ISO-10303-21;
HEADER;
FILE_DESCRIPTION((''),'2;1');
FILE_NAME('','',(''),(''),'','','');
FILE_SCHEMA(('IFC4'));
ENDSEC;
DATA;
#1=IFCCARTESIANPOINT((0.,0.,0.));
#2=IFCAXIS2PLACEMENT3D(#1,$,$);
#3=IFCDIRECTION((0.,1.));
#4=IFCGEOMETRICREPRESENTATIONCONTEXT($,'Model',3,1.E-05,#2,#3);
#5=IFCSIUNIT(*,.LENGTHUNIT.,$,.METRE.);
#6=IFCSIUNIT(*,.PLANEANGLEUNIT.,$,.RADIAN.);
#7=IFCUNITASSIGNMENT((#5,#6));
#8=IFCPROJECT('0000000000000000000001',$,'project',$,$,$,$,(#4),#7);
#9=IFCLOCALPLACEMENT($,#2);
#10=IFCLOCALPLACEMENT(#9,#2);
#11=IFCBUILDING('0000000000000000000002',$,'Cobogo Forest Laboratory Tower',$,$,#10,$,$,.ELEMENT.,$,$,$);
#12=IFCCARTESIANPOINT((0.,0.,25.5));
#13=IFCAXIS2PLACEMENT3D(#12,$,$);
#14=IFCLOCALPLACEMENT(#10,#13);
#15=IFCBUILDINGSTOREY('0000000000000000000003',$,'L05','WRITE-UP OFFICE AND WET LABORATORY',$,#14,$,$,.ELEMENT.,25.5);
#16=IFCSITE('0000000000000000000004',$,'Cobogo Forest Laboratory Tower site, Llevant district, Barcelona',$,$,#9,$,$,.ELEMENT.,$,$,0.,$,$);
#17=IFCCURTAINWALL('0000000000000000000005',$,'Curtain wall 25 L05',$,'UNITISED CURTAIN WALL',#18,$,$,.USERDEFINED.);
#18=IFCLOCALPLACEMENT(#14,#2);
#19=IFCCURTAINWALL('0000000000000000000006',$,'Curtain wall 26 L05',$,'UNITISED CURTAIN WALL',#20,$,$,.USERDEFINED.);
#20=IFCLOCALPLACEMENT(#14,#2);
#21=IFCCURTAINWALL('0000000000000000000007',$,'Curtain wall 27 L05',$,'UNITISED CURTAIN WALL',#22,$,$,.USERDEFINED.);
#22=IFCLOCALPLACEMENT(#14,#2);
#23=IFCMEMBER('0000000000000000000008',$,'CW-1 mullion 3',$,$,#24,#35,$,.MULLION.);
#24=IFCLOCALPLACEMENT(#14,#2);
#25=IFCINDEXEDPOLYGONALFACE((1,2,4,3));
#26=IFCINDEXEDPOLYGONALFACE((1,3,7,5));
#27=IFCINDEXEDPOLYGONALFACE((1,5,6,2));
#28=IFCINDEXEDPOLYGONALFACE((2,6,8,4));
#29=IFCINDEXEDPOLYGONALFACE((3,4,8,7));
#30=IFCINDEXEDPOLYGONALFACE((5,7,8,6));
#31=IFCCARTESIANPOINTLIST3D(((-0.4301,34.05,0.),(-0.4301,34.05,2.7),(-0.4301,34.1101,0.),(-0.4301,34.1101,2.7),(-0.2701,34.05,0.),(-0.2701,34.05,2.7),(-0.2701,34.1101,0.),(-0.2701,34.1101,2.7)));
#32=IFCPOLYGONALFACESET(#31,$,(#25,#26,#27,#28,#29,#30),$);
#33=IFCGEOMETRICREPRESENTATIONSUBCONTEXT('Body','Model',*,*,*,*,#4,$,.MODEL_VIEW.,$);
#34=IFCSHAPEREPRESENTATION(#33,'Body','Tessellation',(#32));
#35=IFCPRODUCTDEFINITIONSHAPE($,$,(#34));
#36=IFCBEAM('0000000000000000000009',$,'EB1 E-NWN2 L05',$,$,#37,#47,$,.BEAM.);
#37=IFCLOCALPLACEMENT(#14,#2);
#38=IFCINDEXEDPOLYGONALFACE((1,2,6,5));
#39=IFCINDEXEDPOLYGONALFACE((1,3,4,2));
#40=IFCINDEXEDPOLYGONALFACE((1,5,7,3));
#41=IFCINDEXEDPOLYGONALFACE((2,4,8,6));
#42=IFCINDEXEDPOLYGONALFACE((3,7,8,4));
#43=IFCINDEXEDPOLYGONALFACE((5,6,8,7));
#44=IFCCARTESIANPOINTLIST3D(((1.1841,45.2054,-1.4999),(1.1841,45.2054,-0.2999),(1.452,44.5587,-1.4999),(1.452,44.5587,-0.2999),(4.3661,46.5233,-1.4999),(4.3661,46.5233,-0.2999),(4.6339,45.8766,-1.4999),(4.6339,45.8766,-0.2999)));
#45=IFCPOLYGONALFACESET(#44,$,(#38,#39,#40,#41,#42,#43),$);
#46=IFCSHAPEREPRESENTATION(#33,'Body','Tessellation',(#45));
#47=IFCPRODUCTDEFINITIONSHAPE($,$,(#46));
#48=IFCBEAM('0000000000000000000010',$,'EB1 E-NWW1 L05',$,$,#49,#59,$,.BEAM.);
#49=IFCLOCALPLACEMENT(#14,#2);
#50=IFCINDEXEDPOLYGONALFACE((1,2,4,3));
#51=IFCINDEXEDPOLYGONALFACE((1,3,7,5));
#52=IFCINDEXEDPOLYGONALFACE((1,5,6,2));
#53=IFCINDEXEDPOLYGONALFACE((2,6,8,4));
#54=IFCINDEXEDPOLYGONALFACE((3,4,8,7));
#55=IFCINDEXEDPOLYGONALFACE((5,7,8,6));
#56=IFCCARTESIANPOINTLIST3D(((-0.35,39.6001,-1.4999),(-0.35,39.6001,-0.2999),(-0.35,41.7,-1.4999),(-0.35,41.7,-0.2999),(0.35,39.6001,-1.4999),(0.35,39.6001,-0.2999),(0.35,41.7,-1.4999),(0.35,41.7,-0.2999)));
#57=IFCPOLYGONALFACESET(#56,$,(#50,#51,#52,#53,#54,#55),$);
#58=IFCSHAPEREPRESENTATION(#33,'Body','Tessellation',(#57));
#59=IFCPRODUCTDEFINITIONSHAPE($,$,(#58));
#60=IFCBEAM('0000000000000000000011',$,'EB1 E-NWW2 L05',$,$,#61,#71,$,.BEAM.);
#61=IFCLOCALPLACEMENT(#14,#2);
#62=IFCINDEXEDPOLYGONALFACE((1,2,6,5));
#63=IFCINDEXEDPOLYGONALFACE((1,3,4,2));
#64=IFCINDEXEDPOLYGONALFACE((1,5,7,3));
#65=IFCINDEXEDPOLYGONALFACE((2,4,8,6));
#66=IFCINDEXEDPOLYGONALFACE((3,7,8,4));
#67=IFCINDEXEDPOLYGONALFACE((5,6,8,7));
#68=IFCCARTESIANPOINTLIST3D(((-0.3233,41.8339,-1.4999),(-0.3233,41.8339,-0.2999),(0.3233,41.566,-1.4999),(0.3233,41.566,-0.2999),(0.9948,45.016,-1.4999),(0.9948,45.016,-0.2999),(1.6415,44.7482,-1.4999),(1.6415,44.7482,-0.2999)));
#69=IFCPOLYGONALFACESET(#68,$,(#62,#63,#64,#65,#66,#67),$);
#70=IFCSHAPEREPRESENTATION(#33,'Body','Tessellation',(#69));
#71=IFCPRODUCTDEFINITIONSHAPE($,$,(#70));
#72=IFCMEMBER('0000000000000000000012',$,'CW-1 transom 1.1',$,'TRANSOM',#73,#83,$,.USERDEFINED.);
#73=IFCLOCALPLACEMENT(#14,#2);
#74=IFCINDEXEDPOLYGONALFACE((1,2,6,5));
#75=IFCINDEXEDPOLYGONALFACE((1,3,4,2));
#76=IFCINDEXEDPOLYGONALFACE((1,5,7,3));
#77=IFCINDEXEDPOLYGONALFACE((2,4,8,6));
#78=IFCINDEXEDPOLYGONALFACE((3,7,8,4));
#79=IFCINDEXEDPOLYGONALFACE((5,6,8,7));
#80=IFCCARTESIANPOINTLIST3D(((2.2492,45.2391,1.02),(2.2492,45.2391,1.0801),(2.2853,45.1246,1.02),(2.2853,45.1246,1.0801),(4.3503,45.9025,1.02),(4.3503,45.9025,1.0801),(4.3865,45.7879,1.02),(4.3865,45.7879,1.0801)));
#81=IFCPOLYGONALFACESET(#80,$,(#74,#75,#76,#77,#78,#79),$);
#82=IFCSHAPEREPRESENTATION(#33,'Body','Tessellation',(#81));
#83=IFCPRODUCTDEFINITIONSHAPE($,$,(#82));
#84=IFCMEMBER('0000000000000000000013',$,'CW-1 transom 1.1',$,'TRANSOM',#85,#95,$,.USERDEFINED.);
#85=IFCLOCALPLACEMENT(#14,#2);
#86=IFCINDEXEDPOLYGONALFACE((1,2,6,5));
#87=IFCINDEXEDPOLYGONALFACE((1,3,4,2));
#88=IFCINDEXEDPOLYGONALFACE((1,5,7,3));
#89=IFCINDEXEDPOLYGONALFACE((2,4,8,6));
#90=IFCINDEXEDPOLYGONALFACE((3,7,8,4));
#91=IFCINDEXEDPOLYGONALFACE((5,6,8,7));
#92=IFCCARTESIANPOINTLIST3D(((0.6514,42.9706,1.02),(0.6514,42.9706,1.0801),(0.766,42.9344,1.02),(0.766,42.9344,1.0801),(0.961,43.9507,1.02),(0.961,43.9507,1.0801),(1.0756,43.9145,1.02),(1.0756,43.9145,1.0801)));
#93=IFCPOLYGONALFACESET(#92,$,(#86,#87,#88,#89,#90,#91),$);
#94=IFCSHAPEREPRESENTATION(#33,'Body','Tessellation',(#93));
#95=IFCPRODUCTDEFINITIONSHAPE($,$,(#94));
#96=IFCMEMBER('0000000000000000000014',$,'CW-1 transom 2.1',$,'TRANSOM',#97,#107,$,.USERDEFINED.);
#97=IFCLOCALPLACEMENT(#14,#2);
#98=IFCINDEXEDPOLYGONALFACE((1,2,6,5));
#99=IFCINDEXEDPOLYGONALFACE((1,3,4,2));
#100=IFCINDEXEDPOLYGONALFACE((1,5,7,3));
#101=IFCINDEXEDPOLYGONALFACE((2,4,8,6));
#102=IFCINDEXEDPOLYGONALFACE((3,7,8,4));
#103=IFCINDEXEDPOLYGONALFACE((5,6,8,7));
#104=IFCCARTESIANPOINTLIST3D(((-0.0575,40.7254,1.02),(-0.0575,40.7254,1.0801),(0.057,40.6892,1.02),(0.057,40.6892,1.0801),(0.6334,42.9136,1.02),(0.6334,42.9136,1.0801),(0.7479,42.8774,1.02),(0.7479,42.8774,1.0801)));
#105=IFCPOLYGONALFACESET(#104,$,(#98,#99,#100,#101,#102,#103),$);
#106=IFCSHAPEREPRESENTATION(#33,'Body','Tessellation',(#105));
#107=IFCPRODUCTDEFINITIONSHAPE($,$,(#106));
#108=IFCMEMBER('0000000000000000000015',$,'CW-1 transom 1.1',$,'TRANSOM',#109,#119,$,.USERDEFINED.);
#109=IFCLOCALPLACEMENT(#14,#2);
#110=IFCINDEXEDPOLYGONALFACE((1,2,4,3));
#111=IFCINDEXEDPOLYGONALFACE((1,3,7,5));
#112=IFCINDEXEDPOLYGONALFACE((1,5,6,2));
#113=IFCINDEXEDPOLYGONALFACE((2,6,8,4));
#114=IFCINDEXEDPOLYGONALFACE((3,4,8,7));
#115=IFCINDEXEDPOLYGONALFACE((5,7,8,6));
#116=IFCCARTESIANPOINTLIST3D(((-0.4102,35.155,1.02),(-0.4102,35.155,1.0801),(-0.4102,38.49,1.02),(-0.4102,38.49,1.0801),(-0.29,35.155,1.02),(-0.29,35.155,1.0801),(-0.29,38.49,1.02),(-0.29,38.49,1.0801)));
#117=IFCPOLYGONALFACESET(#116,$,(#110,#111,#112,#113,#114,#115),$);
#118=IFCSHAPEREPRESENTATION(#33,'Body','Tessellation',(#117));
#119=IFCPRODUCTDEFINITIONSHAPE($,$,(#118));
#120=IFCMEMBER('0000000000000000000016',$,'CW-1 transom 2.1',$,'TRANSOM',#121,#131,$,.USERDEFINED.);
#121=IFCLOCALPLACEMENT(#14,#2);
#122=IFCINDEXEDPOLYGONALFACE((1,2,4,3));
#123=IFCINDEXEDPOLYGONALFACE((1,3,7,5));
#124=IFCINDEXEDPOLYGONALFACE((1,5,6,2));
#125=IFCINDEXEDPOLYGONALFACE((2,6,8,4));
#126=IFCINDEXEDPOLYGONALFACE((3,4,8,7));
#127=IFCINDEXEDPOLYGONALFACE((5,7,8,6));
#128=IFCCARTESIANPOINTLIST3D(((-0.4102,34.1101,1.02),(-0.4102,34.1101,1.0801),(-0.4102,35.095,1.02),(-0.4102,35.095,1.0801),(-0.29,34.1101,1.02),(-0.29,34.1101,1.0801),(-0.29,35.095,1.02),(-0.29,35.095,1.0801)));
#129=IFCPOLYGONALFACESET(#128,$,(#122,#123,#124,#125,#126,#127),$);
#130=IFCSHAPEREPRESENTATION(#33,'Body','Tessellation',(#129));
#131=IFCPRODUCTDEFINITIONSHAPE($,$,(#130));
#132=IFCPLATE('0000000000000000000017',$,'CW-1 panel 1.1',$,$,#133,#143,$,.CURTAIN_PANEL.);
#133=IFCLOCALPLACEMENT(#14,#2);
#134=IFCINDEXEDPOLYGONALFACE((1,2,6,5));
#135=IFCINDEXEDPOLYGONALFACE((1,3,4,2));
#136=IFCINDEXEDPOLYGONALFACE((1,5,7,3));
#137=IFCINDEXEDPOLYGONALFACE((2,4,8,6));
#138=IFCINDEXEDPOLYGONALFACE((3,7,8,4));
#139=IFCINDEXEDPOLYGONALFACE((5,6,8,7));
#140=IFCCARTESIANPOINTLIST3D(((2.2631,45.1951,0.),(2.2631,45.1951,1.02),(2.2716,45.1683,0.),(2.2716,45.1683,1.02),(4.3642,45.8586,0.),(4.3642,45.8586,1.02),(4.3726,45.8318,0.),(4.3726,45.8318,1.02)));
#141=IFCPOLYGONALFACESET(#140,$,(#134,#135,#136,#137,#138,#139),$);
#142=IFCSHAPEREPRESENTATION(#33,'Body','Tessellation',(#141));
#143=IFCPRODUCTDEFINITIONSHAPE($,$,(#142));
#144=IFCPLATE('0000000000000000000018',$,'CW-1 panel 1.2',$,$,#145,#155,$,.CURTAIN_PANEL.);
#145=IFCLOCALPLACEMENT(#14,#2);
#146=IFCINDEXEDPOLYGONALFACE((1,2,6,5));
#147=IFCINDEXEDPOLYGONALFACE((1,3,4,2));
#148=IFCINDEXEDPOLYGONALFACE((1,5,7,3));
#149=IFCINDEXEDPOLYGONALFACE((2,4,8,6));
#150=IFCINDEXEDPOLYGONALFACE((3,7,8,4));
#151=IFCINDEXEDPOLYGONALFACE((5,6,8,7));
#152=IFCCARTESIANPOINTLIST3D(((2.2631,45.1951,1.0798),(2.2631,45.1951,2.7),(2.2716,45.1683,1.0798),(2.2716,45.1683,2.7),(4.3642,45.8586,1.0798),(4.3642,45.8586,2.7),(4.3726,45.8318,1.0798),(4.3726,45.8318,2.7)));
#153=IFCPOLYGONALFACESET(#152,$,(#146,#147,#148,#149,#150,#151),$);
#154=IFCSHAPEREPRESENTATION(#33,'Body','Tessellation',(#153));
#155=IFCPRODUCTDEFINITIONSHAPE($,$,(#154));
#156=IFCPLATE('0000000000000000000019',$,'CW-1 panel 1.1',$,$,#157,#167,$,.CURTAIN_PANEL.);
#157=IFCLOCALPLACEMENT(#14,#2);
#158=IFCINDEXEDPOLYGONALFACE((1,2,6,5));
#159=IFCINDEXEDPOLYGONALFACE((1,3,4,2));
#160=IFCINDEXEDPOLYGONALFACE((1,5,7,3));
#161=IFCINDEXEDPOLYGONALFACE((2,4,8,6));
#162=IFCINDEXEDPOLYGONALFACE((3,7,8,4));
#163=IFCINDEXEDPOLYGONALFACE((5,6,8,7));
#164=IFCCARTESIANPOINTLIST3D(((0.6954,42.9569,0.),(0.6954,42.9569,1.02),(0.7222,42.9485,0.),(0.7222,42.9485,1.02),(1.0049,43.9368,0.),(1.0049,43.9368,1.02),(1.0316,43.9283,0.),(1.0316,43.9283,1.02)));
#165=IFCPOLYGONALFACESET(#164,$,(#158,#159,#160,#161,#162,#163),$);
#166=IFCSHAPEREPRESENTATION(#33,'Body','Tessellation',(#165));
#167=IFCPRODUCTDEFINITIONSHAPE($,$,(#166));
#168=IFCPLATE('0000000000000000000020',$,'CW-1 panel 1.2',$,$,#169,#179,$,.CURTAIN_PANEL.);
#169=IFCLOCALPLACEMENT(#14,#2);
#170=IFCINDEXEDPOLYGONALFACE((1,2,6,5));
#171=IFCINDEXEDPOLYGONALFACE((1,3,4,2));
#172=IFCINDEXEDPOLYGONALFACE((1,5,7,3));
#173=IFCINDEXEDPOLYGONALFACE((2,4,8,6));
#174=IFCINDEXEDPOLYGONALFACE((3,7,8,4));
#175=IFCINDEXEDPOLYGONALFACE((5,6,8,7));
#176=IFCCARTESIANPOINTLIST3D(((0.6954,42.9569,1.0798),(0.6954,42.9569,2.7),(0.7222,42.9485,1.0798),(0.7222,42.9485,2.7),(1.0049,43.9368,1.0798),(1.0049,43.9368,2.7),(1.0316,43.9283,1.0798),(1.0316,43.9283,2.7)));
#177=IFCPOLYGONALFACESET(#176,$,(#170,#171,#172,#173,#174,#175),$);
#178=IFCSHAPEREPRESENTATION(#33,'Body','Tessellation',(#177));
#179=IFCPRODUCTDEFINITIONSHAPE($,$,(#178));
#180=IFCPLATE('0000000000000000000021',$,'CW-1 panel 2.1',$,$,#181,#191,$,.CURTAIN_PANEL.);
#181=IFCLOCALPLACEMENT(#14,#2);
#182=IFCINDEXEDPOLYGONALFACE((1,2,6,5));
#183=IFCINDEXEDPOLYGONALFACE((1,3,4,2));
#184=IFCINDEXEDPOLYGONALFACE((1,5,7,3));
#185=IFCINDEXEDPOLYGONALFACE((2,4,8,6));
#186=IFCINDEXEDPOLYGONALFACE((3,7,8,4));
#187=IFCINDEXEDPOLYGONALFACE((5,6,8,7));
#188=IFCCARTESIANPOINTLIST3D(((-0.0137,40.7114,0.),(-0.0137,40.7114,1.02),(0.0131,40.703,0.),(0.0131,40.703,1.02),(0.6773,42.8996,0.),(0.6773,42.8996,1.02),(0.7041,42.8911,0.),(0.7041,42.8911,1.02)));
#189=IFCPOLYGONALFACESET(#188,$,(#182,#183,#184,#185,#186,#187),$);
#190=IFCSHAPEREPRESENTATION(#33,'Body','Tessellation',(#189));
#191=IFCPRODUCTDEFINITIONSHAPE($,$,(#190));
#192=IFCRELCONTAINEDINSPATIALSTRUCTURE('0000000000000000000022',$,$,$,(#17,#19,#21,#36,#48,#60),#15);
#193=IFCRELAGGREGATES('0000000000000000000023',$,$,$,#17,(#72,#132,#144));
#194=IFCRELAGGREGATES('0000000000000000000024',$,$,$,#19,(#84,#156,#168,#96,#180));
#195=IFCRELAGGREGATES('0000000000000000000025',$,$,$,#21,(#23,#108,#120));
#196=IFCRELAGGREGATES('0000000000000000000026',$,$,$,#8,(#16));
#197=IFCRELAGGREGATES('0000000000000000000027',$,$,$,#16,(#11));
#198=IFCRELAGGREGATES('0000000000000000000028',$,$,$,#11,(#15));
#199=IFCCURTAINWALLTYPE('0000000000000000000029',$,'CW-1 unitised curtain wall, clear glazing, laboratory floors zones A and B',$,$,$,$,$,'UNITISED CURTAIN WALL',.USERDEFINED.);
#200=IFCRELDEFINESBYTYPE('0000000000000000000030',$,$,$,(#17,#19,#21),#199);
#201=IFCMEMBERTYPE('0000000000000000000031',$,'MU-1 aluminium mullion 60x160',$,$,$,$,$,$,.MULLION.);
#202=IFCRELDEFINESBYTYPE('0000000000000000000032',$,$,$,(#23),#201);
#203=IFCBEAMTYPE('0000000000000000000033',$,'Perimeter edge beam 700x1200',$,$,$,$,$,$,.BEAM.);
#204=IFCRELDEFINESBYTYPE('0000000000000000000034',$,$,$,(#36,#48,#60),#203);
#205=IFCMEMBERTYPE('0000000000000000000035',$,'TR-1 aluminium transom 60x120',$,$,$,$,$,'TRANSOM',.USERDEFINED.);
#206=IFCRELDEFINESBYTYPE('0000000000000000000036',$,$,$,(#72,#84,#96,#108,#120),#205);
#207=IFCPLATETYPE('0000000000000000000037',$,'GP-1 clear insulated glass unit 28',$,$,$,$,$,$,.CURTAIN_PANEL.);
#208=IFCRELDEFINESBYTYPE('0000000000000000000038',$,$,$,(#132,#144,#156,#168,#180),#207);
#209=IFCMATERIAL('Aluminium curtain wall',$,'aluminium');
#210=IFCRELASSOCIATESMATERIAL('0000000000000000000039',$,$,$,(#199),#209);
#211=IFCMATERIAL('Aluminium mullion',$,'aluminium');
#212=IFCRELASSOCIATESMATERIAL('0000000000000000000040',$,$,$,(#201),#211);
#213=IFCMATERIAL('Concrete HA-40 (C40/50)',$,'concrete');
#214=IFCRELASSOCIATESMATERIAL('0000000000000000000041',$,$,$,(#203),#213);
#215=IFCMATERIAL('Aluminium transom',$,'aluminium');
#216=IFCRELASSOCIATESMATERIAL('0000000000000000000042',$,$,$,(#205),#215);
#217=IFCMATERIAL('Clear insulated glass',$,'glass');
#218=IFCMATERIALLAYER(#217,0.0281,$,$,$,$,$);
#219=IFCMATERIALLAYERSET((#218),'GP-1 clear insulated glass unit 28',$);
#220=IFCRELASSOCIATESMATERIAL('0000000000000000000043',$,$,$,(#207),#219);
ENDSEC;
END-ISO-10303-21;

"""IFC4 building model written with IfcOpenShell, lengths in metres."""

from ifc_helpers import new_model, si_unit, direction, frame, origin, origin_2d, place, context, subcontext, project, spatial, rectangle, extrude, material, layer, layer_set, material_profile, profile_set, type_object, element, aggregate, save


model = new_model("IFC4")

# Units and contexts
model_context = context("Model", 3, precision=1e-05, world=origin(), true_north=direction((0.0, 1.0)))
body_context = subcontext(model_context, "Body", "Model", "MODEL_VIEW")
ifc_project = project(units=[si_unit("LENGTHUNIT", "METRE"), si_unit("PLANEANGLEUNIT", "RADIAN")], contexts=[model_context])

# Site, building, storey
site_placement = place(None, origin())
site = spatial("IfcSite", under=ifc_project, at=site_placement, Name="Cobogo Forest Laboratory Tower site, Llevant district, Barcelona", CompositionType="ELEMENT", RefElevation=0.0)
building_placement = place(site_placement, origin())
building = spatial("IfcBuilding", under=site, at=building_placement, Name="Cobogo Forest Laboratory Tower", CompositionType="ELEMENT")
storey_placement = place(building_placement, frame((0.0, 0.0, 25.5)))
storey = spatial("IfcBuildingStorey", under=building, at=storey_placement, Name="L05", Description="WRITE-UP OFFICE AND WET LABORATORY", CompositionType="ELEMENT", Elevation=25.5)

# Shared definitions
ifc_material_1 = material(Name="Concrete HA-40 (C40/50)", Category="concrete")

# Shared definitions
ifc_material_2 = material(Name="Aluminium curtain wall", Category="aluminium")
curtain_wall_type = type_object("IfcCurtainWallType", Name="CW-1 unitised curtain wall, clear glazing, laboratory floors zones A and B", ElementType="UNITISED CURTAIN WALL", PredefinedType="USERDEFINED", material=ifc_material_2)
ifc_material_3 = material(Name="Aluminium mullion", Category="aluminium")
ifc_material_profile_1 = material_profile(ifc_material_3, rectangle(XDim=0.0601, YDim=0.1599, at=origin_2d()), Name="AL 60x160")
ifc_profile_set_1 = profile_set([ifc_material_profile_1], Name="Aluminium mullion")
member_type_1 = type_object("IfcMemberType", Name="MU-1 aluminium mullion 60x160", PredefinedType="MULLION", material=ifc_profile_set_1)

# Curtain walls, member
curtain_wall_1_placement = place(storey_placement, origin())
curtain_wall_1 = element("IfcCurtainWall", 1, at=curtain_wall_1_placement, inside=storey, type_object=curtain_wall_type, Name="Curtain wall 25 L05", ObjectType="UNITISED CURTAIN WALL", PredefinedType="USERDEFINED")
curtain_wall_2_placement = place(storey_placement, origin())
curtain_wall_2 = element("IfcCurtainWall", 2, at=curtain_wall_2_placement, inside=storey, type_object=curtain_wall_type, Name="Curtain wall 26 L05", ObjectType="UNITISED CURTAIN WALL", PredefinedType="USERDEFINED")
curtain_wall_3_placement = place(storey_placement, origin())
curtain_wall_3 = element("IfcCurtainWall", 3, at=curtain_wall_3_placement, inside=storey, type_object=curtain_wall_type, Name="Curtain wall 27 L05", ObjectType="UNITISED CURTAIN WALL", PredefinedType="USERDEFINED")
member_1_placement = place(storey_placement, frame((-0.3501, 34.0801, 0.0), z_axis=(0.0, 0.0, 1.0), x_axis=(0.0, -1.0, 0.0)))
member_1 = element("IfcMember", 4, at=member_1_placement, type_object=member_type_1, Name="CW-1 mullion 3", PredefinedType="MULLION", context=body_context, shape_type="SweptSolid", body=[
    extrude(rectangle(XDim=0.0601, YDim=0.1599, at=origin_2d()), origin(), (0.0, 0.0, 1.0), 2.7),
])

# Beams
ifc_material_profile_2 = material_profile(ifc_material_1, rectangle(XDim=0.7, YDim=1.2, at=origin_2d()), Name="RC 700x1200")
ifc_profile_set_2 = profile_set([ifc_material_profile_2], Name="Concrete HA-40 (C40/50)")
beam_type_1 = type_object("IfcBeamType", Name="Perimeter edge beam 700x1200", PredefinedType="BEAM", material=ifc_profile_set_2)
beam_1_placement = place(storey_placement, frame((4.5, 46.2, -0.8999), z_axis=(-0.923891, -0.382656, 0.0), x_axis=(0.382656, -0.923891, 0.0)))
element("IfcBeam", 5, at=beam_1_placement, inside=storey, type_object=beam_type_1, Name="EB1 E-NWN2 L05", PredefinedType="BEAM", context=body_context, shape_type="SweptSolid", body=[
    extrude(rectangle(XDim=0.7, YDim=1.2, at=origin_2d()), origin(), (0.0, 0.0, 1.0), 3.4441),
])
beam_2_placement = place(storey_placement, frame((0.0, 39.6001, -0.8999), z_axis=(0.0, 1.0, 0.0), x_axis=(-1.0, 0.0, 0.0)))
element("IfcBeam", 6, at=beam_2_placement, inside=storey, type_object=beam_type_1, Name="EB1 E-NWW1 L05", PredefinedType="BEAM", context=body_context, shape_type="SweptSolid", body=[
    extrude(rectangle(XDim=0.7, YDim=1.2, at=origin_2d()), origin(), (0.0, 0.0, 1.0), 2.0999),
])
beam_3_placement = place(storey_placement, frame((0.0, 41.7, -0.8999), z_axis=(0.382692, 0.923876, 0.0), x_axis=(-0.923876, 0.382692, 0.0)))
element("IfcBeam", 7, at=beam_3_placement, inside=storey, type_object=beam_type_1, Name="EB1 E-NWW2 L05", PredefinedType="BEAM", context=body_context, shape_type="SweptSolid", body=[
    extrude(rectangle(XDim=0.7, YDim=1.2, at=origin_2d()), origin(), (0.0, 0.0, 1.0), 3.4443),
])

# Members
ifc_material_4 = material(Name="Aluminium transom", Category="aluminium")
ifc_material_profile_3 = material_profile(ifc_material_4, rectangle(XDim=0.1201, YDim=0.0601, at=origin_2d()), Name="AL 60x120")
ifc_profile_set_3 = profile_set([ifc_material_profile_3], Name="Aluminium transom")
member_type_2 = type_object("IfcMemberType", Name="TR-1 aluminium transom 60x120", ElementType="TRANSOM", PredefinedType="USERDEFINED", material=ifc_profile_set_3)
member_2_placement = place(storey_placement, frame((4.3684, 45.8452, 1.05), z_axis=(-0.953604, -0.301062, 0.0), x_axis=(0.301062, -0.953604, 0.0)))
member_2 = element("IfcMember", 8, at=member_2_placement, type_object=member_type_2, Name="CW-1 transom 1.1", ObjectType="TRANSOM", PredefinedType="USERDEFINED", context=body_context, shape_type="SweptSolid", body=[
    extrude(rectangle(XDim=0.1201, YDim=0.0601, at=origin_2d()), origin(), (0.0, 0.0, 1.0), 2.2034),
])
member_3_placement = place(storey_placement, frame((1.0183, 43.9326, 1.05), z_axis=(-0.301222, -0.953554, 0.0), x_axis=(0.953554, -0.301222, 0.0)))
member_3 = element("IfcMember", 9, at=member_3_placement, type_object=member_type_2, Name="CW-1 transom 1.1", ObjectType="TRANSOM", PredefinedType="USERDEFINED", context=body_context, shape_type="SweptSolid", body=[
    extrude(rectangle(XDim=0.1201, YDim=0.0601, at=origin_2d()), origin(), (0.0, 0.0, 1.0), 1.0278),
])
member_4_placement = place(storey_placement, frame((0.6907, 42.8955, 1.05), z_axis=(-0.301091, -0.953596, 0.0), x_axis=(0.953596, -0.301091, 0.0)))
member_4 = element("IfcMember", 10, at=member_4_placement, type_object=member_type_2, Name="CW-1 transom 2.1", ObjectType="TRANSOM", PredefinedType="USERDEFINED", context=body_context, shape_type="SweptSolid", body=[
    extrude(rectangle(XDim=0.1201, YDim=0.0601, at=origin_2d()), origin(), (0.0, 0.0, 1.0), 2.2947),
])
member_5_placement = place(storey_placement, frame((-0.3501, 38.49, 1.05), z_axis=(0.0, -1.0, 0.0), x_axis=(1.0, 0.0, 0.0)))
member_5 = element("IfcMember", 11, at=member_5_placement, type_object=member_type_2, Name="CW-1 transom 1.1", ObjectType="TRANSOM", PredefinedType="USERDEFINED", context=body_context, shape_type="SweptSolid", body=[
    extrude(rectangle(XDim=0.1201, YDim=0.0601, at=origin_2d()), origin(), (0.0, 0.0, 1.0), 3.335),
])
member_6_placement = place(storey_placement, frame((-0.3501, 35.095, 1.05), z_axis=(0.0, -1.0, 0.0), x_axis=(1.0, 0.0, 0.0)))
member_6 = element("IfcMember", 12, at=member_6_placement, type_object=member_type_2, Name="CW-1 transom 2.1", ObjectType="TRANSOM", PredefinedType="USERDEFINED", context=body_context, shape_type="SweptSolid", body=[
    extrude(rectangle(XDim=0.1201, YDim=0.0601, at=origin_2d()), origin(), (0.0, 0.0, 1.0), 0.9849),
])

# Plates
ifc_material_5 = material(Name="Clear insulated glass", Category="glass")
ifc_layer_1 = layer(ifc_material_5, 0.0281)
ifc_layer_set_1 = layer_set([ifc_layer_1], Name="GP-1 clear insulated glass unit 28")
plate_type_1 = type_object("IfcPlateType", Name="GP-1 clear insulated glass unit 28", PredefinedType="CURTAIN_PANEL", material=ifc_layer_set_1)
plate_1_placement = place(storey_placement, frame((3.3179, 45.5134, 0.0), z_axis=(0.0, 0.0, 1.0), x_axis=(-0.953581, -0.301135, 0.0)))
plate_1 = element("IfcPlate", 13, at=plate_1_placement, type_object=plate_type_1, Name="CW-1 panel 1.1", PredefinedType="CURTAIN_PANEL", context=body_context, shape_type="SweptSolid", body=[
    extrude(rectangle(XDim=2.2034, YDim=0.0281, at=origin_2d()), origin(), (0.0, 0.0, 1.0), 1.02),
])
plate_2_placement = place(storey_placement, frame((3.3179, 45.5134, 1.0798), z_axis=(0.0, 0.0, 1.0), x_axis=(-0.953581, -0.301135, 0.0)))
plate_2 = element("IfcPlate", 14, at=plate_2_placement, type_object=plate_type_1, Name="CW-1 panel 1.2", PredefinedType="CURTAIN_PANEL", context=body_context, shape_type="SweptSolid", body=[
    extrude(rectangle(XDim=2.2034, YDim=0.0281, at=origin_2d()), origin(), (0.0, 0.0, 1.0), 1.6201),
])
aggregate(curtain_wall_1, [member_2, plate_1, plate_2])
plate_3_placement = place(storey_placement, frame((0.8635, 43.4426, 0.0), z_axis=(0.0, 0.0, 1.0), x_axis=(-0.301135, -0.953581, 0.0)))
plate_3 = element("IfcPlate", 15, at=plate_3_placement, type_object=plate_type_1, Name="CW-1 panel 1.1", PredefinedType="CURTAIN_PANEL", context=body_context, shape_type="SweptSolid", body=[
    extrude(rectangle(XDim=1.0276, YDim=0.0281, at=origin_2d()), origin(), (0.0, 0.0, 1.0), 1.02),
])
plate_4_placement = place(storey_placement, frame((0.8635, 43.4426, 1.0798), z_axis=(0.0, 0.0, 1.0), x_axis=(-0.301135, -0.953581, 0.0)))
plate_4 = element("IfcPlate", 16, at=plate_4_placement, type_object=plate_type_1, Name="CW-1 panel 1.2", PredefinedType="CURTAIN_PANEL", context=body_context, shape_type="SweptSolid", body=[
    extrude(rectangle(XDim=1.0276, YDim=0.0281, at=origin_2d()), origin(), (0.0, 0.0, 1.0), 1.6201),
])
plate_5_placement = place(storey_placement, frame((0.3452, 41.8013, 0.0), z_axis=(0.0, 0.0, 1.0), x_axis=(-0.301135, -0.953581, 0.0)))
plate_5 = element("IfcPlate", 17, at=plate_5_placement, type_object=plate_type_1, Name="CW-1 panel 2.1", PredefinedType="CURTAIN_PANEL", context=body_context, shape_type="SweptSolid", body=[
    extrude(rectangle(XDim=2.2947, YDim=0.0281, at=origin_2d()), origin(), (0.0, 0.0, 1.0), 1.02),
])
aggregate(curtain_wall_2, [member_3, plate_3, plate_4, member_4, plate_5])
aggregate(curtain_wall_3, [member_1, member_5, member_6])

save(model, "model.ifc")
